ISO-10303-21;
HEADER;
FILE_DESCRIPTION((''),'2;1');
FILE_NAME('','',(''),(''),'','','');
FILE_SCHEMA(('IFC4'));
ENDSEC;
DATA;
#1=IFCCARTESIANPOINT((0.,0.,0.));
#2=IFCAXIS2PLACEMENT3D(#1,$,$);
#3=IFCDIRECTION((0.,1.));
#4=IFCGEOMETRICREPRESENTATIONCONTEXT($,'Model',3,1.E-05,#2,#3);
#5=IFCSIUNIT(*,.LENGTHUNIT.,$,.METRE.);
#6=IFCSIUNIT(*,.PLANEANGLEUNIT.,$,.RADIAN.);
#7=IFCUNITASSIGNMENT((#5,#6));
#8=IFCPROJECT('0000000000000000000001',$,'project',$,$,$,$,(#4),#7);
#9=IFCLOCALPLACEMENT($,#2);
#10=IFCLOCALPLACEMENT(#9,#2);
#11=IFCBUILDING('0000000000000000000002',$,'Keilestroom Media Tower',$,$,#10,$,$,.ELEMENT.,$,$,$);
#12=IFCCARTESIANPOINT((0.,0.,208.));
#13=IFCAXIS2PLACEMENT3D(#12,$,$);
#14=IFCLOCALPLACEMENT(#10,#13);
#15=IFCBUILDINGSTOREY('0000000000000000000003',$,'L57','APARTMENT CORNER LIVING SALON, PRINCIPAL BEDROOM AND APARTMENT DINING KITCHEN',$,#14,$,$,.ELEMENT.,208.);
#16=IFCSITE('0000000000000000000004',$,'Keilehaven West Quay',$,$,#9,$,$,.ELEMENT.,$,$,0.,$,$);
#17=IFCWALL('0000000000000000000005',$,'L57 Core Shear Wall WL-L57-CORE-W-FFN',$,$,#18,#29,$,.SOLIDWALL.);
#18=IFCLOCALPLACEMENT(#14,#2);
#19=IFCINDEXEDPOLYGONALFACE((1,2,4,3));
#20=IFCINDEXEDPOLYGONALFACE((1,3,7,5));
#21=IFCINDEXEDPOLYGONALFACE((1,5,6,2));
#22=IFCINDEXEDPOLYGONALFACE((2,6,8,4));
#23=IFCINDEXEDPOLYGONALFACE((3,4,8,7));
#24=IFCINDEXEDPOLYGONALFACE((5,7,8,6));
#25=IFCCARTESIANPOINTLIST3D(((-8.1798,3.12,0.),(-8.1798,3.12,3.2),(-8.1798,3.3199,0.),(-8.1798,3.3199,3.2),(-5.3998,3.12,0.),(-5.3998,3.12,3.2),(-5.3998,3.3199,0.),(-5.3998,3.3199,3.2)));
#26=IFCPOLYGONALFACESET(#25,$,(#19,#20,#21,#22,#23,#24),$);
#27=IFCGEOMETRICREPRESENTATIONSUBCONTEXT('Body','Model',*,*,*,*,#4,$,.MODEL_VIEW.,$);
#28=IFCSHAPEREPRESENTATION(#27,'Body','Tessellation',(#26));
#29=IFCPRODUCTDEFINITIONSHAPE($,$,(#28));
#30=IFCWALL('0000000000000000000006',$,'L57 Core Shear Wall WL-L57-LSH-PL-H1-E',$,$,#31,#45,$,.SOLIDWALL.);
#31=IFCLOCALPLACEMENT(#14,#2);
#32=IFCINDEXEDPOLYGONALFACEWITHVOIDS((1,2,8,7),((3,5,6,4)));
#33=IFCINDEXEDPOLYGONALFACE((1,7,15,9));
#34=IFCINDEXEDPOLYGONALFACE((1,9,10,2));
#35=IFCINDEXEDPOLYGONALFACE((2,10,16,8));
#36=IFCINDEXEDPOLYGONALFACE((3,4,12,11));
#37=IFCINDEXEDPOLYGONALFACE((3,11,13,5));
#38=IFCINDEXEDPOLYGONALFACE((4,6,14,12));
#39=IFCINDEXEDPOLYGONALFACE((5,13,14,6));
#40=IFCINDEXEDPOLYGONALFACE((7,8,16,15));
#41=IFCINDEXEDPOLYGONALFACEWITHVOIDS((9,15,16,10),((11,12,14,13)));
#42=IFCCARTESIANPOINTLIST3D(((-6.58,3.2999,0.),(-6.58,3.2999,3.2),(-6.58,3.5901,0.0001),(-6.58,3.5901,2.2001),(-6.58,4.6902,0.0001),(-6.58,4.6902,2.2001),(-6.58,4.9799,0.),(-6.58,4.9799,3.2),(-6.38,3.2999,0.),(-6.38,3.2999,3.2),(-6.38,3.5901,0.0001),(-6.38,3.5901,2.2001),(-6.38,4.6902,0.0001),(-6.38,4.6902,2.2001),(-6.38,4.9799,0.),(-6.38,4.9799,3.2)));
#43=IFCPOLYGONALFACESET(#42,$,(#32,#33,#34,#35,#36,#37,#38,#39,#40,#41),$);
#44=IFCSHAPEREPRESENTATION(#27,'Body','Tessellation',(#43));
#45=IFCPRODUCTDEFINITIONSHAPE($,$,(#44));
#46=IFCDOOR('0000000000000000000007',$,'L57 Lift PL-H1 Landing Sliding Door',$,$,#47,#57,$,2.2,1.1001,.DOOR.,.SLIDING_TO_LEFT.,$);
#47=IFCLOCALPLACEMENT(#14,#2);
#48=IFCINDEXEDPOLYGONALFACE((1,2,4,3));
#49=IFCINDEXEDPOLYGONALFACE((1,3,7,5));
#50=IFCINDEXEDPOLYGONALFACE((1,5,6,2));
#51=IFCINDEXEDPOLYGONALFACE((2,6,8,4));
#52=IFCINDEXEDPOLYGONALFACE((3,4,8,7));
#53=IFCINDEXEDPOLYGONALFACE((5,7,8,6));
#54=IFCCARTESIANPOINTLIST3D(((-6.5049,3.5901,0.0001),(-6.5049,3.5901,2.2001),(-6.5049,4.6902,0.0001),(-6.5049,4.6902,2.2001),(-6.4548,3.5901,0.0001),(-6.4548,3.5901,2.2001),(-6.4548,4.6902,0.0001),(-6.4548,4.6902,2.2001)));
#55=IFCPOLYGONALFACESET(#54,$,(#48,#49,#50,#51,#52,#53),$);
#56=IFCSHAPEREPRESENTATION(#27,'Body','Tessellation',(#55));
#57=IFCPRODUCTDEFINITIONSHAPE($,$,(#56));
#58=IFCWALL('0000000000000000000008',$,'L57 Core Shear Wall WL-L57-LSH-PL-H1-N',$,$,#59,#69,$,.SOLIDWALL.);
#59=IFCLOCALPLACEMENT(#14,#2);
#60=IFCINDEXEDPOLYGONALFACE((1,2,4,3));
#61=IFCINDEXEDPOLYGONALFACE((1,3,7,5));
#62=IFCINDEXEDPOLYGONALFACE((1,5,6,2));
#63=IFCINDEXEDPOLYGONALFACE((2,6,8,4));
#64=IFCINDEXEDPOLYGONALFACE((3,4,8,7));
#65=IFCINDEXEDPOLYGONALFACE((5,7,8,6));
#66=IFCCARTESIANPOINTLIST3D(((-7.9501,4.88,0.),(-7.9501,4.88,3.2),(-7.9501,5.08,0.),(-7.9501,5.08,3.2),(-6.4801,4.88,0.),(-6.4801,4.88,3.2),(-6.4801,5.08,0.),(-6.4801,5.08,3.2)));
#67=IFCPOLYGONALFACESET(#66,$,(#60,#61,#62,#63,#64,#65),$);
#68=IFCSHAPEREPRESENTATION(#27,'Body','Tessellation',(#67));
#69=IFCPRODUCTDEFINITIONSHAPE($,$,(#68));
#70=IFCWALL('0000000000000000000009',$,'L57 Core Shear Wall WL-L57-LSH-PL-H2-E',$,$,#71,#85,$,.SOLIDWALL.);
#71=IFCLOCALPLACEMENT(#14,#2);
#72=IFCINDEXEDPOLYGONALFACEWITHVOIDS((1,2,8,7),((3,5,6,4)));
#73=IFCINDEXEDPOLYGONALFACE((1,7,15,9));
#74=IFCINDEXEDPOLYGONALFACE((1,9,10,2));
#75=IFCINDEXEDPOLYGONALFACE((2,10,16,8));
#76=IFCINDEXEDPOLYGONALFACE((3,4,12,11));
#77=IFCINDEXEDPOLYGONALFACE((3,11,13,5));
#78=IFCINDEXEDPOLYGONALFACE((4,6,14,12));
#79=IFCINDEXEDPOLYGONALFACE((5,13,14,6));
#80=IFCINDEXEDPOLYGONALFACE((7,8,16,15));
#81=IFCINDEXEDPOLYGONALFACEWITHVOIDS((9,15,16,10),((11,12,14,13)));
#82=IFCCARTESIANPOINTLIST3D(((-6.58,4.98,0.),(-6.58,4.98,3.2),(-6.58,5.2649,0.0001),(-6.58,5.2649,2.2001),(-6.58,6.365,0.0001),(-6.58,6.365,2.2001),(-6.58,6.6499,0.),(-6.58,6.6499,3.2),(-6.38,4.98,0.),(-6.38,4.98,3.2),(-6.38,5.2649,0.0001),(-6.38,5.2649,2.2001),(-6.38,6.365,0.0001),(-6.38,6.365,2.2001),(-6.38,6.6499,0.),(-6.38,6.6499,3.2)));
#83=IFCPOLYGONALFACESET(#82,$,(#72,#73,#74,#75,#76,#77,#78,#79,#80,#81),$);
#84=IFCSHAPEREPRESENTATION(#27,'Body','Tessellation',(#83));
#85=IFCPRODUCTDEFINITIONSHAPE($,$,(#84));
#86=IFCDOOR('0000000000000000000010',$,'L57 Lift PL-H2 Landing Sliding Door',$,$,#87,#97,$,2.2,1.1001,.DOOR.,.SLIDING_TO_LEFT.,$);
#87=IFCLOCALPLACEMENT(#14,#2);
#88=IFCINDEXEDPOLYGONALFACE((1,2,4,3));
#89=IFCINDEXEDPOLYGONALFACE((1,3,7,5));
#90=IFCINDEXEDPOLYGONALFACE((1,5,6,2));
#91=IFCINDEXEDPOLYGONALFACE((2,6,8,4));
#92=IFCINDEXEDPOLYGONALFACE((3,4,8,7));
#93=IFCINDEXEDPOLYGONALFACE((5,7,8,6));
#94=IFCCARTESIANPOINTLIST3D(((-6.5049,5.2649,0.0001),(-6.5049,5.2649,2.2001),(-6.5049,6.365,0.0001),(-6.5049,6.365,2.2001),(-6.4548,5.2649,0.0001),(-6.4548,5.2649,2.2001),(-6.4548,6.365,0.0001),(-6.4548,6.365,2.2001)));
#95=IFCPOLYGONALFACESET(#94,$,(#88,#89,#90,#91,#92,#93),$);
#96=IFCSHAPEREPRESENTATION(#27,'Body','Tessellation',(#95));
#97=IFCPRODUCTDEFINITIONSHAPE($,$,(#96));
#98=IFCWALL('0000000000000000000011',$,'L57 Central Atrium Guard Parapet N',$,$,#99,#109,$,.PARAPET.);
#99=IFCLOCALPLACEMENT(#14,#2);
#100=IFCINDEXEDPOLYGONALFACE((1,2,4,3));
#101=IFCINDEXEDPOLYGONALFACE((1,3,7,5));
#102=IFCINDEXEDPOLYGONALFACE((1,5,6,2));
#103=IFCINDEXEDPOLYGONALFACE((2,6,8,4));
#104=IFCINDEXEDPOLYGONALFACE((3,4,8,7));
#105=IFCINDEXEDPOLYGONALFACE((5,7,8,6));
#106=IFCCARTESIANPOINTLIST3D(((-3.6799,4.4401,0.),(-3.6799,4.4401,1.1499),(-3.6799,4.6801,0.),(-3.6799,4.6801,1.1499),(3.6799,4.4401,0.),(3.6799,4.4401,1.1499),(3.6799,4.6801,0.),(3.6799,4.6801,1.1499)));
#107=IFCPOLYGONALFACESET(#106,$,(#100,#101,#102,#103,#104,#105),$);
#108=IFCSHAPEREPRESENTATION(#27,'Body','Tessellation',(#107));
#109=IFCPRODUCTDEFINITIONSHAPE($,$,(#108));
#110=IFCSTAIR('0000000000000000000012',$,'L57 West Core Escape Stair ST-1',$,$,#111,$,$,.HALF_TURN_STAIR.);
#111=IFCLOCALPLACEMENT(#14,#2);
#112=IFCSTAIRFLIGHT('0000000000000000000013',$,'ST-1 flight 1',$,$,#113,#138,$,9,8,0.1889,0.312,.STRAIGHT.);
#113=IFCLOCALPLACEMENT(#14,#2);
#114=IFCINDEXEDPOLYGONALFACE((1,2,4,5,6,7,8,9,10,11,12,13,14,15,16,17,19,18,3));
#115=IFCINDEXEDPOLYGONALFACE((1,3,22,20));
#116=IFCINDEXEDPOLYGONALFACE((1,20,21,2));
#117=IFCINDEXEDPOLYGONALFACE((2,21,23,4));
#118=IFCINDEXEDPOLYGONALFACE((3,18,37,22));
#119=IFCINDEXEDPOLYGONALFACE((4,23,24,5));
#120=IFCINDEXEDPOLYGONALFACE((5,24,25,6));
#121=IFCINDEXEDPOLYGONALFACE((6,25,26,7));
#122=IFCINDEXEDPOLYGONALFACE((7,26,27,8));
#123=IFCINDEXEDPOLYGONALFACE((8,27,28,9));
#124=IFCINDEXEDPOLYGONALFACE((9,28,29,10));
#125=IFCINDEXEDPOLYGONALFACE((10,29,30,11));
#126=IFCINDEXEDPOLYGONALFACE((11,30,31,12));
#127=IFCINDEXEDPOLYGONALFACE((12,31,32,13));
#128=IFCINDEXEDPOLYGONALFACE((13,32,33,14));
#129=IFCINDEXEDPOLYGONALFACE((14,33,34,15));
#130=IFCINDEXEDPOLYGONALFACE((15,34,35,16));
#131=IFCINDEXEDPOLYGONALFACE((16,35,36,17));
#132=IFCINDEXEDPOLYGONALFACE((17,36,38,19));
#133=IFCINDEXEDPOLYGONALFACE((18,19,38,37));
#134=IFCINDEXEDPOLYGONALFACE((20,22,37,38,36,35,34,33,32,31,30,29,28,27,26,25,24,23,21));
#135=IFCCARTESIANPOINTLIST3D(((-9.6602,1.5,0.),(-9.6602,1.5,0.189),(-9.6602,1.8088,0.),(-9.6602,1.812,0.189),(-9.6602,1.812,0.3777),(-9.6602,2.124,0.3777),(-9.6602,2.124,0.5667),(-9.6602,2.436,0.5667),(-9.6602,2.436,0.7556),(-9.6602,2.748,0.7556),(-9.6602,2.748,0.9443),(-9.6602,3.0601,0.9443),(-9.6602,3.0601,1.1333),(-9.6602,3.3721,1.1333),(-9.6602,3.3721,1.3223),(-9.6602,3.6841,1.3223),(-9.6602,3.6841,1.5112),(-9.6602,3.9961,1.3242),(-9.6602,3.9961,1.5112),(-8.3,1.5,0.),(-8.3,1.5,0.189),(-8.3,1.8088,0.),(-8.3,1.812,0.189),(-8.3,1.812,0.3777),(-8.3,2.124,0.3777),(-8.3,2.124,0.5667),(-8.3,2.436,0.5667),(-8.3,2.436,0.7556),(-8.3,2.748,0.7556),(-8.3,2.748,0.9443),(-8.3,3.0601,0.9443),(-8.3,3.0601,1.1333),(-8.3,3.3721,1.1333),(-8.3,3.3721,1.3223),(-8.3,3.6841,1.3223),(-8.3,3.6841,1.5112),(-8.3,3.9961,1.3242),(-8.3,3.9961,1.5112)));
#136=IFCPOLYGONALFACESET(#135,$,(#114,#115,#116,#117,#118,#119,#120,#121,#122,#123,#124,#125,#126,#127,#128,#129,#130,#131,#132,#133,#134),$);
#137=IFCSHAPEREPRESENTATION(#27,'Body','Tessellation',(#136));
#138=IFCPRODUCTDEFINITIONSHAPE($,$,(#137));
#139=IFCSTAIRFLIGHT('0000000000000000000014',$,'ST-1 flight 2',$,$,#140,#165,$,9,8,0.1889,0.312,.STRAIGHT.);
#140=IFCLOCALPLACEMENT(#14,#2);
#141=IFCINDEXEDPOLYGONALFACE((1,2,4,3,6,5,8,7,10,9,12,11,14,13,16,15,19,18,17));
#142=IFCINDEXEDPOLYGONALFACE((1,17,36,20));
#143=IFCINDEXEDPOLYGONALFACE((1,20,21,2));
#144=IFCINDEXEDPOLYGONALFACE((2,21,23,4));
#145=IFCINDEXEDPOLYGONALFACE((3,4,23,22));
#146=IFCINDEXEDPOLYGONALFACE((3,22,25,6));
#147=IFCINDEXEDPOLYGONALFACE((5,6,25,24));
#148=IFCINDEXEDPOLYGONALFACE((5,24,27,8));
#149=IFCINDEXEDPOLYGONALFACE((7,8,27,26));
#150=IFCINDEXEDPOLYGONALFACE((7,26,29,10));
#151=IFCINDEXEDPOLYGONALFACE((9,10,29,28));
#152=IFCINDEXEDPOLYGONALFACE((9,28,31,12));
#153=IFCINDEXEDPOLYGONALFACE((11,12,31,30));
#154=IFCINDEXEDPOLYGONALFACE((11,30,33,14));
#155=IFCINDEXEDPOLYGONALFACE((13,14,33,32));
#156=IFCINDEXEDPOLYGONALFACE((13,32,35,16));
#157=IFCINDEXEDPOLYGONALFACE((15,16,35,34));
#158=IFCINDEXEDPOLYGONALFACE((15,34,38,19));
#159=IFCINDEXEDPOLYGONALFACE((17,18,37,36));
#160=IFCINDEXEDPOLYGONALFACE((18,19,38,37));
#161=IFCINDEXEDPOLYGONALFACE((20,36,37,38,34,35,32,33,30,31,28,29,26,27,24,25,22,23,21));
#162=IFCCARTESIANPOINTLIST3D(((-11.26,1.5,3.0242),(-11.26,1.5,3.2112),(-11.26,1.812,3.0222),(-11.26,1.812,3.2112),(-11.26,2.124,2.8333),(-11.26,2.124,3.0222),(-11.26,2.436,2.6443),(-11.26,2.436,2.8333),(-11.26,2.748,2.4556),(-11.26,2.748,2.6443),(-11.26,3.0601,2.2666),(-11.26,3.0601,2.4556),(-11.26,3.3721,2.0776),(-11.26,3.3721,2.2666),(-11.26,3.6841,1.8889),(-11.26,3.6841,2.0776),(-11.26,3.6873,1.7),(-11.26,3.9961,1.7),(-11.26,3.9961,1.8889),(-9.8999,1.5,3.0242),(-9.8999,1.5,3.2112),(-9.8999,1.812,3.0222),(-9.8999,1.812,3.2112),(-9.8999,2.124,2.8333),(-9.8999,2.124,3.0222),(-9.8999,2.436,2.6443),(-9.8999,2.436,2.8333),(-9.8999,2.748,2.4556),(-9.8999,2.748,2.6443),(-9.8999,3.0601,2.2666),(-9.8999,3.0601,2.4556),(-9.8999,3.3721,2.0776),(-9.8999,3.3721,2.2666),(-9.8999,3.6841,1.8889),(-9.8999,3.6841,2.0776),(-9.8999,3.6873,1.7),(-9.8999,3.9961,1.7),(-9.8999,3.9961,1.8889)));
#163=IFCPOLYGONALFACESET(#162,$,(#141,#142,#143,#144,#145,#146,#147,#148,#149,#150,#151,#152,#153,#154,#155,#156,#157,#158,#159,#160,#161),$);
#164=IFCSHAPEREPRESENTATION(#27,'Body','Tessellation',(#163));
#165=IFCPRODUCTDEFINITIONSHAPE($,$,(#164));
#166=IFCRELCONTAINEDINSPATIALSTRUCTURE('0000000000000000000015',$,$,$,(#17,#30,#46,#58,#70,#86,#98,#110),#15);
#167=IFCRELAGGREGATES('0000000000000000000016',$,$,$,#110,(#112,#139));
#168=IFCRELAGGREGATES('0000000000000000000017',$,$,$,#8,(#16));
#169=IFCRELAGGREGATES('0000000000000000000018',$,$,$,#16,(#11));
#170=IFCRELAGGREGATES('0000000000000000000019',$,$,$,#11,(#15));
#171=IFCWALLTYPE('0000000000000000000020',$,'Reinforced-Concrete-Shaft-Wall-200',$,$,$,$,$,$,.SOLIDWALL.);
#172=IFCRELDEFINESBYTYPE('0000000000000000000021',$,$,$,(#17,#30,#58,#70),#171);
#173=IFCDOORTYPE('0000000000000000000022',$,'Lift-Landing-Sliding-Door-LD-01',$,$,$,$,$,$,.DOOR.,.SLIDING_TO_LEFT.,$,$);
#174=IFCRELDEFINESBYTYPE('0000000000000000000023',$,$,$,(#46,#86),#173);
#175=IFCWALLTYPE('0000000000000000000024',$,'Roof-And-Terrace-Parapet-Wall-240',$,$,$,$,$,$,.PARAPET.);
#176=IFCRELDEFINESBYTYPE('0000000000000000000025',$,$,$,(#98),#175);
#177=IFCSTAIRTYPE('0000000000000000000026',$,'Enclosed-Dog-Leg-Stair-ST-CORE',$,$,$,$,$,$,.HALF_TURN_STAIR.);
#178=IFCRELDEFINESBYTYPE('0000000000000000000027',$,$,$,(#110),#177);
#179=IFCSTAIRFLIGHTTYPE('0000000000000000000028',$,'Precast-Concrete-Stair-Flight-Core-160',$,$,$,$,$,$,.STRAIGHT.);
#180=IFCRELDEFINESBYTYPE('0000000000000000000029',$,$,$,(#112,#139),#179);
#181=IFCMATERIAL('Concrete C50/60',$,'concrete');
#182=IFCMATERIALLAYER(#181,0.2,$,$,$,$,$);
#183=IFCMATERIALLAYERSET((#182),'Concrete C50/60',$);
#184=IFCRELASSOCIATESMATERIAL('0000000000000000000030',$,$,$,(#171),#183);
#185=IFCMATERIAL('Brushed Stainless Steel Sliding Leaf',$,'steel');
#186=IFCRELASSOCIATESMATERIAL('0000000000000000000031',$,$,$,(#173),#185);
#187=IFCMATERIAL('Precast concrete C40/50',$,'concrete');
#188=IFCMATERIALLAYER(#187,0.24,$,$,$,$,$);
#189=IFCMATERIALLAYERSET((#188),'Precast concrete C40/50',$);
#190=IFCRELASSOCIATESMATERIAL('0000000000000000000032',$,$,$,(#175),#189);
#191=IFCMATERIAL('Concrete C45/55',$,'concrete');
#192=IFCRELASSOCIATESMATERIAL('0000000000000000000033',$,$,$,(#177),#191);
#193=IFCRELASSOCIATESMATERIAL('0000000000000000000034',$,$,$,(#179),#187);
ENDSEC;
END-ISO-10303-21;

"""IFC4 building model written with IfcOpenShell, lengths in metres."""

from ifc_helpers import new_model, si_unit, direction, frame, frame_2d, origin, place, context, subcontext, project, spatial, polyline, rectangle, outline, extrude, source, transform, mapped, material, layer, layer_set, type_object, element, fill, aggregate, save


model = new_model("IFC4")

# Units and contexts
model_context = context("Model", 3, precision=1e-05, world=origin(), true_north=direction((0.0, 1.0)))
body_context = subcontext(model_context, "Body", "Model", "MODEL_VIEW")
ifc_project = project(units=[si_unit("LENGTHUNIT", "METRE"), si_unit("PLANEANGLEUNIT", "RADIAN")], contexts=[model_context])

# Site, building, storey
site_placement = place(None, origin())
site = spatial("IfcSite", under=ifc_project, at=site_placement, Name="Keilehaven West Quay", CompositionType="ELEMENT", RefElevation=0.0)
building_placement = place(site_placement, origin())
building = spatial("IfcBuilding", under=site, at=building_placement, Name="Keilestroom Media Tower", CompositionType="ELEMENT")
storey_placement = place(building_placement, frame((0.0, 0.0, 208.0)))
storey = spatial("IfcBuildingStorey", under=building, at=storey_placement, Name="L57", Description="APARTMENT CORNER LIVING SALON, PRINCIPAL BEDROOM AND APARTMENT DINING KITCHEN", CompositionType="ELEMENT", Elevation=208.0)

# Shared definitions
ifc_material_1 = material(Name="Concrete C50/60", Category="concrete")

# Wall
ifc_layer_1 = layer(ifc_material_1, 0.2)
ifc_layer_set_1 = layer_set([ifc_layer_1], Name="Concrete C50/60")
wall_type_1 = type_object("IfcWallType", Name="Reinforced-Concrete-Shaft-Wall-200", PredefinedType="SOLIDWALL", material=ifc_layer_set_1)
wall_1_placement = place(storey_placement, frame((-8.1799, 3.22, 0.0), z_axis=(0.0, 0.0, 1.0), x_axis=(1.0, 0.0, 0.0)))
element("IfcWall", 1, at=wall_1_placement, inside=storey, type_object=wall_type_1, Name="L57 Core Shear Wall WL-L57-CORE-W-FFN", PredefinedType="SOLIDWALL", context=body_context, shape_type="SweptSolid", body=[
    extrude(rectangle(XDim=2.78, YDim=0.2, at=frame_2d((1.3901, 0.0))), origin(), (0.0, 0.0, 1.0), 3.2),
])

# Wall, opening, door
wall_2_placement = place(storey_placement, frame((-6.48, 3.3, 0.0), z_axis=(0.0, 0.0, 1.0), x_axis=(0.0, 1.0, 0.0)))
wall_2 = element("IfcWall", 2, at=wall_2_placement, inside=storey, type_object=wall_type_1, Name="L57 Core Shear Wall WL-L57-LSH-PL-H1-E", PredefinedType="SOLIDWALL", context=body_context, shape_type="SweptSolid", body=[
    extrude(rectangle(XDim=1.6799, YDim=0.2, at=frame_2d((0.8398, 0.0))), origin(), (0.0, 0.0, 1.0), 3.2),
])
opening_1_placement = place(wall_2_placement, frame((0.29, 0.0, 0.0)))
opening_1 = element("IfcOpeningElement", 3, at=opening_1_placement, cuts=wall_2, PredefinedType="OPENING", context=body_context, shape_type="SweptSolid", body=[
    extrude(rectangle(XDim=1.1001, YDim=2.2, at=frame_2d((0.55, 1.1001))), frame((0.0, 0.1099, 0.0), z_axis=(0.0, -1.0, 0.0), x_axis=(1.0, 0.0, 0.0)), (0.0, 0.0, 1.0), 0.22),
])
ifc_material_2 = material(Name="Brushed Stainless Steel Sliding Leaf", Category="steel")
door_type = type_object("IfcDoorType", Name="Lift-Landing-Sliding-Door-LD-01", OperationType="SLIDING_TO_LEFT", PredefinedType="DOOR", material=ifc_material_2)
shared_shape_1 = source(origin(), body_context, "Body", "SweptSolid", [
    extrude(rectangle(XDim=1.1001, YDim=2.2, at=frame_2d((0.55, 1.1001))), frame((0.0, 0.0249, 0.0), z_axis=(0.0, -1.0, 0.0), x_axis=(1.0, 0.0, 0.0)), (0.0, 0.0, 1.0), 0.05),
])
door_1_placement = place(opening_1_placement, origin())
door_1 = element("IfcDoor", 4, at=door_1_placement, inside=storey, type_object=door_type, Name="L57 Lift PL-H1 Landing Sliding Door", OperationType="SLIDING_TO_LEFT", OverallHeight=2.2, OverallWidth=1.1001, PredefinedType="DOOR", context=body_context, shape_type="MappedRepresentation", body=[
    mapped(shared_shape_1, transform((0.0, 0.0, 0.0), x_axis=(1.0, 0.0, 0.0), y_axis=(0.0, 1.0, 0.0), z_axis=(0.0, 0.0, 1.0), scale=1.0)),
])
fill(opening_1, door_1)

# Wall
wall_3_placement = place(storey_placement, frame((-7.95, 4.98, 0.0), z_axis=(0.0, 0.0, 1.0), x_axis=(1.0, 0.0, 0.0)))
element("IfcWall", 5, at=wall_3_placement, inside=storey, type_object=wall_type_1, Name="L57 Core Shear Wall WL-L57-LSH-PL-H1-N", PredefinedType="SOLIDWALL", context=body_context, shape_type="SweptSolid", body=[
    extrude(rectangle(XDim=1.47, YDim=0.2, at=frame_2d((0.7349, 0.0))), origin(), (0.0, 0.0, 1.0), 3.2),
])

# Wall, opening, door
wall_4_placement = place(storey_placement, frame((-6.48, 4.98, 0.0), z_axis=(0.0, 0.0, 1.0), x_axis=(0.0, 1.0, 0.0)))
wall_4 = element("IfcWall", 6, at=wall_4_placement, inside=storey, type_object=wall_type_1, Name="L57 Core Shear Wall WL-L57-LSH-PL-H2-E", PredefinedType="SOLIDWALL", context=body_context, shape_type="SweptSolid", body=[
    extrude(rectangle(XDim=1.6699, YDim=0.2, at=frame_2d((0.835, 0.0))), origin(), (0.0, 0.0, 1.0), 3.2),
])
opening_2_placement = place(wall_4_placement, frame((0.2849, 0.0, 0.0)))
opening_2 = element("IfcOpeningElement", 7, at=opening_2_placement, cuts=wall_4, PredefinedType="OPENING", context=body_context, shape_type="SweptSolid", body=[
    extrude(rectangle(XDim=1.1001, YDim=2.2, at=frame_2d((0.55, 1.1001))), frame((0.0, 0.1099, 0.0), z_axis=(0.0, -1.0, 0.0), x_axis=(1.0, 0.0, 0.0)), (0.0, 0.0, 1.0), 0.22),
])
door_2_placement = place(opening_2_placement, origin())
door_2 = element("IfcDoor", 8, at=door_2_placement, inside=storey, type_object=door_type, Name="L57 Lift PL-H2 Landing Sliding Door", OperationType="SLIDING_TO_LEFT", OverallHeight=2.2, OverallWidth=1.1001, PredefinedType="DOOR", context=body_context, shape_type="MappedRepresentation", body=[
    mapped(shared_shape_1, transform((0.0, 0.0, 0.0), x_axis=(1.0, 0.0, 0.0), y_axis=(0.0, 1.0, 0.0), z_axis=(0.0, 0.0, 1.0), scale=1.0)),
])
fill(opening_2, door_2)

# Wall
ifc_material_3 = material(Name="Precast concrete C40/50", Category="concrete")
ifc_layer_2 = layer(ifc_material_3, 0.24)
ifc_layer_set_2 = layer_set([ifc_layer_2], Name="Precast concrete C40/50")
wall_type_2 = type_object("IfcWallType", Name="Roof-And-Terrace-Parapet-Wall-240", PredefinedType="PARAPET", material=ifc_layer_set_2)
wall_5_placement = place(storey_placement, frame((-3.6799, 4.5601, 0.0), z_axis=(0.0, 0.0, 1.0), x_axis=(1.0, 0.0, 0.0)))
element("IfcWall", 9, at=wall_5_placement, inside=storey, type_object=wall_type_2, Name="L57 Central Atrium Guard Parapet N", PredefinedType="PARAPET", context=body_context, shape_type="SweptSolid", body=[
    extrude(rectangle(XDim=7.3599, YDim=0.24, at=frame_2d((3.6799, 0.0))), origin(), (0.0, 0.0, 1.0), 1.1499),
])

# Stair, stair flights
ifc_material_4 = material(Name="Concrete C45/55", Category="concrete")
stair_type = type_object("IfcStairType", Name="Enclosed-Dog-Leg-Stair-ST-CORE", PredefinedType="HALF_TURN_STAIR", material=ifc_material_4)
stair_placement = place(storey_placement, origin())
stair = element("IfcStair", 10, at=stair_placement, inside=storey, type_object=stair_type, Name="L57 West Core Escape Stair ST-1", PredefinedType="HALF_TURN_STAIR")
stair_flight_type = type_object("IfcStairFlightType", Name="Precast-Concrete-Stair-Flight-Core-160", PredefinedType="STRAIGHT", material=ifc_material_3)
stair_flight_1_placement = place(storey_placement, frame((-8.98, 1.5, 0.0), z_axis=(0.0, 0.0, 1.0), x_axis=(0.0, 1.0, 0.0)))
stair_flight_1 = element("IfcStairFlight", 11, at=stair_flight_1_placement, type_object=stair_flight_type, Name="ST-1 flight 1", NumberOfRisers=9, NumberOfTreads=8, PredefinedType="STRAIGHT", RiserHeight=0.1889, TreadLength=0.312, context=body_context, shape_type="SweptSolid", body=[
    extrude(outline(polyline([(0.0, 0.0), (0.0, 0.189), (0.312, 0.189), (0.312, 0.3777), (0.624, 0.3777), (0.624, 0.5667), (0.936, 0.5667), (0.936, 0.7556), (1.248, 0.7556), (1.248, 0.9443), (1.5601, 0.9443), (1.5601, 1.1333), (1.8721, 1.1333), (1.8721, 1.3223), (2.1841, 1.3223), (2.1841, 1.5112), (2.4961, 1.5112), (2.4961, 1.7), (2.4961, 1.3242), (0.3088, 0.0), (0.0, 0.0)])), frame((0.0, 0.6802, 0.0), z_axis=(0.0, -1.0, 0.0), x_axis=(1.0, 0.0, 0.0)), (0.0, 0.0, 1.0), 1.3601),
])
stair_flight_2_placement = place(storey_placement, frame((-10.5801, 3.9961, 1.7), z_axis=(0.0, 0.0, 1.0), x_axis=(0.0, -1.0, 0.0)))
stair_flight_2 = element("IfcStairFlight", 12, at=stair_flight_2_placement, type_object=stair_flight_type, Name="ST-1 flight 2", NumberOfRisers=9, NumberOfTreads=8, PredefinedType="STRAIGHT", RiserHeight=0.1889, TreadLength=0.312, context=body_context, shape_type="SweptSolid", body=[
    extrude(outline(polyline([(0.0, 0.0), (0.0, 0.189), (0.312, 0.189), (0.312, 0.3777), (0.624, 0.3777), (0.624, 0.5667), (0.936, 0.5667), (0.936, 0.7556), (1.248, 0.7556), (1.248, 0.9443), (1.5601, 0.9443), (1.5601, 1.1333), (1.8721, 1.1333), (1.8721, 1.3223), (2.1841, 1.3223), (2.1841, 1.5112), (2.4961, 1.5112), (2.4961, 1.7), (2.4961, 1.3242), (0.3088, 0.0), (0.0, 0.0)])), frame((0.0, 0.6802, 0.0), z_axis=(0.0, -1.0, 0.0), x_axis=(1.0, 0.0, 0.0)), (0.0, 0.0, 1.0), 1.3601),
])
aggregate(stair, [stair_flight_1, stair_flight_2])

save(model, "model.ifc")
